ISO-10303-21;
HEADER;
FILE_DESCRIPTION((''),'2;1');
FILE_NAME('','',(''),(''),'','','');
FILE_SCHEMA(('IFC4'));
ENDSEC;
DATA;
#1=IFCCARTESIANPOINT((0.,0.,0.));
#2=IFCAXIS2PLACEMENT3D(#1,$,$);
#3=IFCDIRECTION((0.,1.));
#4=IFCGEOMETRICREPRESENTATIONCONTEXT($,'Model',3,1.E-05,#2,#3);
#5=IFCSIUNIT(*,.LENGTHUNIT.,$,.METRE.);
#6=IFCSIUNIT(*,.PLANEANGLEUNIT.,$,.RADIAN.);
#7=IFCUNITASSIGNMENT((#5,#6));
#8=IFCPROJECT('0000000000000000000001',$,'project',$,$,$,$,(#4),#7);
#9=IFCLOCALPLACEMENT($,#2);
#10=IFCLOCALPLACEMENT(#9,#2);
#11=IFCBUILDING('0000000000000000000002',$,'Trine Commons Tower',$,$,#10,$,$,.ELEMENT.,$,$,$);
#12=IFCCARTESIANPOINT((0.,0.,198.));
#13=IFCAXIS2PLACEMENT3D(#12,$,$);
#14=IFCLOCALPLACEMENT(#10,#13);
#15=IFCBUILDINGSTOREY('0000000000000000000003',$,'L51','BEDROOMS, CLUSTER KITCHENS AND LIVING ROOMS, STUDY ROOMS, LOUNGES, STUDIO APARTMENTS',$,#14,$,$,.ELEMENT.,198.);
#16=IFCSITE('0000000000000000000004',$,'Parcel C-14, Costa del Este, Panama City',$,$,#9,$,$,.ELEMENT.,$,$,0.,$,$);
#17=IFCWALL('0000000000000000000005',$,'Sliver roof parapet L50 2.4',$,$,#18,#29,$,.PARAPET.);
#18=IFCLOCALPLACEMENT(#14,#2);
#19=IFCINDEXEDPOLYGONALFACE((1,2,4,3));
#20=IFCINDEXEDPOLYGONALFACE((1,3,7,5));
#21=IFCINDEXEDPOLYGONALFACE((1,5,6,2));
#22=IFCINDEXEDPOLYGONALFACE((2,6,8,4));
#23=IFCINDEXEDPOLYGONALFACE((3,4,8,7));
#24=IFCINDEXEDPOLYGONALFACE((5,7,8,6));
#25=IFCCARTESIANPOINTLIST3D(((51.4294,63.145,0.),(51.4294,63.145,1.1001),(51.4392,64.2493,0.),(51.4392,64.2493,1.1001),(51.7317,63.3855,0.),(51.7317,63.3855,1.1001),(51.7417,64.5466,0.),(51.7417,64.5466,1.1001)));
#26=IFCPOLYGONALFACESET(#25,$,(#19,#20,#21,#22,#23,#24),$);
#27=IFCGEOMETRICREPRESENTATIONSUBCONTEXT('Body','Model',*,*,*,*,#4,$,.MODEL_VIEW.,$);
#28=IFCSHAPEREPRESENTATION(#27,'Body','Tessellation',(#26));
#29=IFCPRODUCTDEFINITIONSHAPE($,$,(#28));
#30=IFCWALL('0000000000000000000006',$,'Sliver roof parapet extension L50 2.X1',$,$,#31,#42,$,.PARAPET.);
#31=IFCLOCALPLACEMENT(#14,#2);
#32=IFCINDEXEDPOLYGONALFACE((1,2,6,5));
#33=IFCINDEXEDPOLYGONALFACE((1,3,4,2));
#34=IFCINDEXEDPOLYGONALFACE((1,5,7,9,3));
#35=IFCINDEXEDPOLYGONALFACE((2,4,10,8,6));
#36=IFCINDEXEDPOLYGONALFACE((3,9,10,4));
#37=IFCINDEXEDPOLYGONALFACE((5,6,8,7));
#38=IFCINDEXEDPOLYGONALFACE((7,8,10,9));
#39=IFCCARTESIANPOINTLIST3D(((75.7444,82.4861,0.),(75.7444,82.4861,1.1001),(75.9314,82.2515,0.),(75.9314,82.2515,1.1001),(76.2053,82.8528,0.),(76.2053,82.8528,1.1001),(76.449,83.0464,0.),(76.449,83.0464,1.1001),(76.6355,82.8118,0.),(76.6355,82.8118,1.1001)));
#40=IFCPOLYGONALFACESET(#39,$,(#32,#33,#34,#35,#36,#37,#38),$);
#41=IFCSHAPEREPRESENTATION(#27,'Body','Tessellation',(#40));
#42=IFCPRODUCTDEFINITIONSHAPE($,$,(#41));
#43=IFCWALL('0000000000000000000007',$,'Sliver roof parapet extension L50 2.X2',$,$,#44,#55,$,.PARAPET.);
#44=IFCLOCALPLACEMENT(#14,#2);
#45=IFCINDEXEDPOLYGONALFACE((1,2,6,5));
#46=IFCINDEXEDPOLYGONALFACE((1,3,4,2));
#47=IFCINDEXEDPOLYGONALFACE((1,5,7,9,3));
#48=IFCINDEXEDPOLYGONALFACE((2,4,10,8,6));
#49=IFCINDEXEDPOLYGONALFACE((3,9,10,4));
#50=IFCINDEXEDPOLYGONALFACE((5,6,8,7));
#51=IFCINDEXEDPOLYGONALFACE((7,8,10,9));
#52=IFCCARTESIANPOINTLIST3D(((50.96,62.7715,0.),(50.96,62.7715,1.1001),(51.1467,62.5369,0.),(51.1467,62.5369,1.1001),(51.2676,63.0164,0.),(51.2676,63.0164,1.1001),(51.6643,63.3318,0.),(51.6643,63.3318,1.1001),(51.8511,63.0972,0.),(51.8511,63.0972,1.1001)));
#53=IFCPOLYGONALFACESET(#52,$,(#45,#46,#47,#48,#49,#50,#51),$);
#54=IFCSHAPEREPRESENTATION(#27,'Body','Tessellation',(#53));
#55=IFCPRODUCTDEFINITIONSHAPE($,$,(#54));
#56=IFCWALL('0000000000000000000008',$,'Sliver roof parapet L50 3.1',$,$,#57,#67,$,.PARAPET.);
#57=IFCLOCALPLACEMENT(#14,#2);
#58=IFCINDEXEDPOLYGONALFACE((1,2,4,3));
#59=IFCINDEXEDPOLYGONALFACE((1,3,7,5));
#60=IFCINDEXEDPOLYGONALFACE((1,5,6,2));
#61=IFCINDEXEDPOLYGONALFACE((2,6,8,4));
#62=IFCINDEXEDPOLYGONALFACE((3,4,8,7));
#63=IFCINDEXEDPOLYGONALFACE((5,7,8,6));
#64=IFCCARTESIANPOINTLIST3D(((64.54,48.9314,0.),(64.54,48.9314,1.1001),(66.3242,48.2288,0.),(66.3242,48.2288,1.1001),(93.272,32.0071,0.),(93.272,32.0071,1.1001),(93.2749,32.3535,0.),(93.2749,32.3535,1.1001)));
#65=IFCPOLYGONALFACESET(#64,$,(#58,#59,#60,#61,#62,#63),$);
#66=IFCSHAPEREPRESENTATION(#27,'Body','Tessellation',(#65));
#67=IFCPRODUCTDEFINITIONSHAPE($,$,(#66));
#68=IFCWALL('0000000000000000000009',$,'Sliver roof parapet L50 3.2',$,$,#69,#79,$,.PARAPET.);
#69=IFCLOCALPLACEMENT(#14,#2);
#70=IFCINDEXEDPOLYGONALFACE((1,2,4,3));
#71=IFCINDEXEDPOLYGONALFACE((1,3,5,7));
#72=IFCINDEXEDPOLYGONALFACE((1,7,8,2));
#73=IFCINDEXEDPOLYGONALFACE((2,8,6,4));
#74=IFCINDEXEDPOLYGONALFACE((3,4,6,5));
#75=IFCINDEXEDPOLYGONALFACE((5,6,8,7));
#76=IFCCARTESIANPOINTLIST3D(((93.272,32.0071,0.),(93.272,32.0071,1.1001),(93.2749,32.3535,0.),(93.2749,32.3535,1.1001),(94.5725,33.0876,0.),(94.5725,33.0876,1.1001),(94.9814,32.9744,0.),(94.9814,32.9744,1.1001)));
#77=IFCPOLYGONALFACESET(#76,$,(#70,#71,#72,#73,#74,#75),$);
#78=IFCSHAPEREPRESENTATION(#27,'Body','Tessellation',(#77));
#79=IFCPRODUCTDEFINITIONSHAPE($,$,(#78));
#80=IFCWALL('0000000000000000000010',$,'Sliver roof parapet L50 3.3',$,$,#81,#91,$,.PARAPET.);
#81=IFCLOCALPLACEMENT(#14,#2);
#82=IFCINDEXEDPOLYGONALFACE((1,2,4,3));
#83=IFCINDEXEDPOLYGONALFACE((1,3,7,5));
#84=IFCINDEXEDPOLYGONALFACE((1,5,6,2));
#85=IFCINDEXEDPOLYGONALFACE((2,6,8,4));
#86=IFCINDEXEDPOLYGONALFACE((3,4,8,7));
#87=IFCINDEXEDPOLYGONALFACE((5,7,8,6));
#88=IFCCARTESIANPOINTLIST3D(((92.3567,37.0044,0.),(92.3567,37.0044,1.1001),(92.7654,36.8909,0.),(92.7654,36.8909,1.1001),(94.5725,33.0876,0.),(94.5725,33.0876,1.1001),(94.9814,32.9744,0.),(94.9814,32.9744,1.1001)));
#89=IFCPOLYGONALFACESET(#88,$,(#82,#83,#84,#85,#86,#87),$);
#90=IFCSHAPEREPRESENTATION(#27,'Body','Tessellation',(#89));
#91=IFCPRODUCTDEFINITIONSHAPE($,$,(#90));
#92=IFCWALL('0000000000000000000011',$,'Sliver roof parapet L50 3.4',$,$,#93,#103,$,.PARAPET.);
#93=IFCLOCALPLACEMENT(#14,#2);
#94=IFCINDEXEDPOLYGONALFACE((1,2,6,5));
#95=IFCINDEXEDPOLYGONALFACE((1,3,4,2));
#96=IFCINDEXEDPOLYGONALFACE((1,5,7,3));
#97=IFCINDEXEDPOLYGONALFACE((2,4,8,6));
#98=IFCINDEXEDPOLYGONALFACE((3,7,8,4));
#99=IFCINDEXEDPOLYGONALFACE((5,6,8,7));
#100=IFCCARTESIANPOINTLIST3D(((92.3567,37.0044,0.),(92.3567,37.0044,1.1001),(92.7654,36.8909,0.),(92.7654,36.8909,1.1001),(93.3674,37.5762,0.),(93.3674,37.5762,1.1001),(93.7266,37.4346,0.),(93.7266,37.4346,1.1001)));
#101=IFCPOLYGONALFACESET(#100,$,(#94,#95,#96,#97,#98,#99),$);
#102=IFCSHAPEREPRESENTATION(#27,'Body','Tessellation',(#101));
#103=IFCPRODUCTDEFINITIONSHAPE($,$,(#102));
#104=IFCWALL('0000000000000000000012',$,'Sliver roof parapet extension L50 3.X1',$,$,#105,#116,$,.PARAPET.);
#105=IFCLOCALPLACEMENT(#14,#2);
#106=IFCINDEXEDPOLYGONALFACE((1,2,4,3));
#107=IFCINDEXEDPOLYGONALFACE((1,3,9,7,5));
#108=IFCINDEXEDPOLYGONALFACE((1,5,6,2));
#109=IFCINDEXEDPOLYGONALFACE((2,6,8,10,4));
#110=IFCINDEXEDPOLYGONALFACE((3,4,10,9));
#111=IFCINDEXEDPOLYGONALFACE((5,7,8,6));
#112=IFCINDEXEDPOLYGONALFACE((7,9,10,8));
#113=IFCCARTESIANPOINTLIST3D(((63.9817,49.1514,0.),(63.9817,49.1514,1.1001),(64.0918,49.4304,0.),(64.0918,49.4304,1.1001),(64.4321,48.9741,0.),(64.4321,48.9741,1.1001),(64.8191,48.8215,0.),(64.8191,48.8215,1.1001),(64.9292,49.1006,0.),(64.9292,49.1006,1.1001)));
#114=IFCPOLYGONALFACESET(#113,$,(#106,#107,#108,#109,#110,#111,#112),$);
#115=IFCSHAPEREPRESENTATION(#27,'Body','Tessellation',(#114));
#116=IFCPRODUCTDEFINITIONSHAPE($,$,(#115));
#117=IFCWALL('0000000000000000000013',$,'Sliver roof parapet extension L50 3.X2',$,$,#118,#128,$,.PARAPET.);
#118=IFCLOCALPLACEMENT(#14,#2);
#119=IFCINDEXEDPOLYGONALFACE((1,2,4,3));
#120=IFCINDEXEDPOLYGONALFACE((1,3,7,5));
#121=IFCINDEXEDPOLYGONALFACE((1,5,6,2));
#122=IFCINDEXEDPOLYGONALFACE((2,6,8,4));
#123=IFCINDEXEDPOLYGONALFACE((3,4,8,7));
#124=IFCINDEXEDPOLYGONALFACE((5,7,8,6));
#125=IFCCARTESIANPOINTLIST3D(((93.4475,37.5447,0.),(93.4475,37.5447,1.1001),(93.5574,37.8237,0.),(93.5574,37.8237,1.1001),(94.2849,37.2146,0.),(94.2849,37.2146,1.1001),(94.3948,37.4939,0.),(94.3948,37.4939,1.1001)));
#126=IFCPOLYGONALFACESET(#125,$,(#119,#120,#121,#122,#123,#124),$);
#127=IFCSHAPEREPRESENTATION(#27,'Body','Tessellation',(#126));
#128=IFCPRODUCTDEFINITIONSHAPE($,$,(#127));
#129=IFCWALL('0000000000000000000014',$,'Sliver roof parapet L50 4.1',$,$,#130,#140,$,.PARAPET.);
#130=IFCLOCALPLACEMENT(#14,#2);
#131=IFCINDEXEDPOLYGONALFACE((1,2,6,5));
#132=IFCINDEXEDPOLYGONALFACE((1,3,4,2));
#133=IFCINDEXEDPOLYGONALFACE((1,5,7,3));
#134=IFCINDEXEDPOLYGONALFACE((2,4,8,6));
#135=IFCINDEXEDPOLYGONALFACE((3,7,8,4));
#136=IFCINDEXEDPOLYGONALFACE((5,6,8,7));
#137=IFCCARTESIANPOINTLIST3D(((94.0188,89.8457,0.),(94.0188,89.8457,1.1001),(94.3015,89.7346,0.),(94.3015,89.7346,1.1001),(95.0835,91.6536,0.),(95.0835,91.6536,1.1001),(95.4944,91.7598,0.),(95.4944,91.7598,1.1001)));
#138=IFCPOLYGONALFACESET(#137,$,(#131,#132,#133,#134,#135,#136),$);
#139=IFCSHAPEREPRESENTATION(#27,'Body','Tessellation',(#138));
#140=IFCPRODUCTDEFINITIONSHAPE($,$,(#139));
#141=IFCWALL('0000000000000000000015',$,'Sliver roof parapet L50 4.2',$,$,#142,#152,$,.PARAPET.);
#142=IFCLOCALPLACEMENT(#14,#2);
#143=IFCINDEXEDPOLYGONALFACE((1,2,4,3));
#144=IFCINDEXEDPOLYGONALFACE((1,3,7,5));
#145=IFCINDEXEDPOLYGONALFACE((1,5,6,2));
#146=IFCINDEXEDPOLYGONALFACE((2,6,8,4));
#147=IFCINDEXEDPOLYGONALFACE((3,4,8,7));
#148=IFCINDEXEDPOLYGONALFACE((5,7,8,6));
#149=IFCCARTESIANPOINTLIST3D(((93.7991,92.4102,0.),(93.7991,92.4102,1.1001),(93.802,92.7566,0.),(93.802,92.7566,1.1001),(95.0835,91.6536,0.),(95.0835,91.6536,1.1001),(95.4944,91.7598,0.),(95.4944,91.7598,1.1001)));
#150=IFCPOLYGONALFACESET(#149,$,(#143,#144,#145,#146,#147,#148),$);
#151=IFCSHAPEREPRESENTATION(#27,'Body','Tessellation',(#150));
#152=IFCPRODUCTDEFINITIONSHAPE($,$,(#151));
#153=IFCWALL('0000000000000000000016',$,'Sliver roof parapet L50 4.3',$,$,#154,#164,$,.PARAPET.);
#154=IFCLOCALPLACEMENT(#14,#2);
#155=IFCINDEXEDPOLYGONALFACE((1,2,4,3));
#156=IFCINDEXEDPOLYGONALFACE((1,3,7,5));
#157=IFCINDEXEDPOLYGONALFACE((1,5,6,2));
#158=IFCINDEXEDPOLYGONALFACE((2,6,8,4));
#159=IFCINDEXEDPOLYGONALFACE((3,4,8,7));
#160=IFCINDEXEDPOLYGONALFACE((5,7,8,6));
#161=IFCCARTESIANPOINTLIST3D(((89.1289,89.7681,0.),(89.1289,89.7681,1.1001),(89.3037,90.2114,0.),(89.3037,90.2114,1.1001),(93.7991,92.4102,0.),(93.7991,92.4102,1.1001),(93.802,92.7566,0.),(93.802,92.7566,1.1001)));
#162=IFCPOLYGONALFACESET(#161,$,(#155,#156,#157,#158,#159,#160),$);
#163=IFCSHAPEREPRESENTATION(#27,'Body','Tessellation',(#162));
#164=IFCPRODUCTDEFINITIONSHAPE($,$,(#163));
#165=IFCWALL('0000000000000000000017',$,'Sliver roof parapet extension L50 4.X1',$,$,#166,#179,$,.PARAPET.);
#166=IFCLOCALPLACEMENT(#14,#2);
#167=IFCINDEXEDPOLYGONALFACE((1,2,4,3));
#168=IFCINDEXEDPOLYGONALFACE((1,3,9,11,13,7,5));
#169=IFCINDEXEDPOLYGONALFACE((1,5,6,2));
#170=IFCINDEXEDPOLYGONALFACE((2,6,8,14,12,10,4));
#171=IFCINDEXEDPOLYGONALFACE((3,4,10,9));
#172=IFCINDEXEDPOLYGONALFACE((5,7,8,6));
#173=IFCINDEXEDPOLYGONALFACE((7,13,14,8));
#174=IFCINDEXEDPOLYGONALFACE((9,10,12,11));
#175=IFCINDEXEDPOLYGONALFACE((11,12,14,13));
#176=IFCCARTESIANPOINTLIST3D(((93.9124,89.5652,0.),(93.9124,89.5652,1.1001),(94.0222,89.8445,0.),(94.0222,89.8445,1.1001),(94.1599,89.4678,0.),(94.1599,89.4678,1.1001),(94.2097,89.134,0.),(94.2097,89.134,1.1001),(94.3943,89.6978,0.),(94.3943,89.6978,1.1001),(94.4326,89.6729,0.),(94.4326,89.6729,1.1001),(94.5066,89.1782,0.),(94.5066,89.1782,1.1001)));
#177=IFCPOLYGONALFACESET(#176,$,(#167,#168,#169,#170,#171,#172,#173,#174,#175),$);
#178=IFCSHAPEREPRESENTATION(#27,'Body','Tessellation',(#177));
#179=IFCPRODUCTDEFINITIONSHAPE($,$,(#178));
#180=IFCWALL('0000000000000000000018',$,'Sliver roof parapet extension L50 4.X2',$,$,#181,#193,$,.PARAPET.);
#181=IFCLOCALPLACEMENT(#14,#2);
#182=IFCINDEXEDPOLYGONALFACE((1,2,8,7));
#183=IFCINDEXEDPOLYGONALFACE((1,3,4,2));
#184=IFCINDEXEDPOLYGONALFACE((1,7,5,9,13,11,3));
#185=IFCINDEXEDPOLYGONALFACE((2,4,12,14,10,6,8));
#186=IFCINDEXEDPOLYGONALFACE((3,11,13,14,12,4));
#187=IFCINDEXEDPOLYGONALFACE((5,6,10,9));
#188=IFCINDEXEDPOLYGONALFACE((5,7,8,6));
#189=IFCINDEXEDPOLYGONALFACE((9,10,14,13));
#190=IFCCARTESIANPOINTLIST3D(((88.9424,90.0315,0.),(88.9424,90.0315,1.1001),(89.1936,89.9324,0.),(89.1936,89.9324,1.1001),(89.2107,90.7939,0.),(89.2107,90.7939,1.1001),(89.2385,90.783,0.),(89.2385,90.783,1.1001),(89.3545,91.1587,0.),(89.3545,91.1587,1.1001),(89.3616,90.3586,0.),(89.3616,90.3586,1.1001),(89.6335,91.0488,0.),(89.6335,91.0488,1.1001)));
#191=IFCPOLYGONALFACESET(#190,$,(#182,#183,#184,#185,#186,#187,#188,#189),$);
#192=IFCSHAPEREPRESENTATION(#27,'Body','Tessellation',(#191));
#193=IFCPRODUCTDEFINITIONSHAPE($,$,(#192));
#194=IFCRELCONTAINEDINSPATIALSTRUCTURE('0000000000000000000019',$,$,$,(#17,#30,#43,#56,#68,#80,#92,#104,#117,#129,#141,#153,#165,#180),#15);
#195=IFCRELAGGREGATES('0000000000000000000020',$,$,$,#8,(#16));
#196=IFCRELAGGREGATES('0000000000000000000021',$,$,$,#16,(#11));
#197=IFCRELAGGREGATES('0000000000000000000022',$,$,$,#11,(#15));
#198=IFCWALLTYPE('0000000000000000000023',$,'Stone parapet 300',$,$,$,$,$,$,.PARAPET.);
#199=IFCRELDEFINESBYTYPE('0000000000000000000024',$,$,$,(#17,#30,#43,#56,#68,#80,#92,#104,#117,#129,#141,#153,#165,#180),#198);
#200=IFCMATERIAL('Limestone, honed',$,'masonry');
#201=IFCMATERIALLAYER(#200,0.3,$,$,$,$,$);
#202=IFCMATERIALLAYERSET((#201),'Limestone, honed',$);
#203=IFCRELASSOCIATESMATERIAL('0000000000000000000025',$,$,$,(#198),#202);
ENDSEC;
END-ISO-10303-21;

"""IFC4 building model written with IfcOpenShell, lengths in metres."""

from ifc_helpers import new_model, si_unit, direction, frame, origin, place, context, subcontext, project, spatial, polyline, outline, extrude, material, layer, layer_set, type_object, element, save


model = new_model("IFC4")

# Units and contexts
model_context = context("Model", 3, precision=1e-05, world=origin(), true_north=direction((0.0, 1.0)))
body_context = subcontext(model_context, "Body", "Model", "MODEL_VIEW")
ifc_project = project(units=[si_unit("LENGTHUNIT", "METRE"), si_unit("PLANEANGLEUNIT", "RADIAN")], contexts=[model_context])

# Site, building, storey
site_placement = place(None, origin())
site = spatial("IfcSite", under=ifc_project, at=site_placement, Name="Parcel C-14, Costa del Este, Panama City", CompositionType="ELEMENT", RefElevation=0.0)
building_placement = place(site_placement, origin())
building = spatial("IfcBuilding", under=site, at=building_placement, Name="Trine Commons Tower", CompositionType="ELEMENT")
storey_placement = place(building_placement, frame((0.0, 0.0, 198.0)))
storey = spatial("IfcBuildingStorey", under=building, at=storey_placement, Name="L51", Description="BEDROOMS, CLUSTER KITCHENS AND LIVING ROOMS, STUDY ROOMS, LOUNGES, STUDIO APARTMENTS", CompositionType="ELEMENT", Elevation=198.0)

# Walls
ifc_material = material(Name="Limestone, honed", Category="masonry")
ifc_layer = layer(ifc_material, 0.3)
ifc_layer_set = layer_set([ifc_layer], Name="Limestone, honed")
wall_type = type_object("IfcWallType", Name="Stone parapet 300", PredefinedType="PARAPET", material=ifc_layer_set)
wall_1_placement = place(storey_placement, origin())
element("IfcWall", 1, at=wall_1_placement, inside=storey, type_object=wall_type, Name="Sliver roof parapet L50 2.4", PredefinedType="PARAPET", context=body_context, shape_type="SweptSolid", body=[
    extrude(outline(polyline([(51.4392, 64.2493), (51.4294, 63.145), (51.7317, 63.3855), (51.7417, 64.5466), (51.4392, 64.2493)])), origin(), (0.0, 0.0, 1.0), 1.1001),
])
wall_2_placement = place(storey_placement, origin())
element("IfcWall", 2, at=wall_2_placement, inside=storey, type_object=wall_type, Name="Sliver roof parapet extension L50 2.X1", PredefinedType="PARAPET", context=body_context, shape_type="SweptSolid", body=[
    extrude(outline(polyline([(75.7444, 82.4861), (75.9314, 82.2515), (76.6355, 82.8118), (76.449, 83.0464), (76.2053, 82.8528), (75.7444, 82.4861)])), origin(), (0.0, 0.0, 1.0), 1.1001),
])
wall_3_placement = place(storey_placement, origin())
element("IfcWall", 3, at=wall_3_placement, inside=storey, type_object=wall_type, Name="Sliver roof parapet extension L50 2.X2", PredefinedType="PARAPET", context=body_context, shape_type="SweptSolid", body=[
    extrude(outline(polyline([(50.96, 62.7715), (51.1467, 62.5369), (51.8511, 63.0972), (51.6643, 63.3318), (51.2676, 63.0164), (50.96, 62.7715)])), origin(), (0.0, 0.0, 1.0), 1.1001),
])
wall_4_placement = place(storey_placement, origin())
element("IfcWall", 4, at=wall_4_placement, inside=storey, type_object=wall_type, Name="Sliver roof parapet L50 3.1", PredefinedType="PARAPET", context=body_context, shape_type="SweptSolid", body=[
    extrude(outline(polyline([(64.54, 48.9314), (93.272, 32.0071), (93.2749, 32.3535), (66.3242, 48.2288), (64.54, 48.9314)])), origin(), (0.0, 0.0, 1.0), 1.1001),
])
wall_5_placement = place(storey_placement, origin())
element("IfcWall", 5, at=wall_5_placement, inside=storey, type_object=wall_type, Name="Sliver roof parapet L50 3.2", PredefinedType="PARAPET", context=body_context, shape_type="SweptSolid", body=[
    extrude(outline(polyline([(93.272, 32.0071), (94.9814, 32.9744), (94.5725, 33.0876), (93.2749, 32.3535), (93.272, 32.0071)])), origin(), (0.0, 0.0, 1.0), 1.1001),
])
wall_6_placement = place(storey_placement, origin())
element("IfcWall", 6, at=wall_6_placement, inside=storey, type_object=wall_type, Name="Sliver roof parapet L50 3.3", PredefinedType="PARAPET", context=body_context, shape_type="SweptSolid", body=[
    extrude(outline(polyline([(94.9814, 32.9744), (92.7654, 36.8909), (92.3567, 37.0044), (94.5725, 33.0876), (94.9814, 32.9744)])), origin(), (0.0, 0.0, 1.0), 1.1001),
])
wall_7_placement = place(storey_placement, origin())
element("IfcWall", 7, at=wall_7_placement, inside=storey, type_object=wall_type, Name="Sliver roof parapet L50 3.4", PredefinedType="PARAPET", context=body_context, shape_type="SweptSolid", body=[
    extrude(outline(polyline([(92.7654, 36.8909), (93.7266, 37.4346), (93.3674, 37.5762), (92.3567, 37.0044), (92.7654, 36.8909)])), origin(), (0.0, 0.0, 1.0), 1.1001),
])
wall_8_placement = place(storey_placement, origin())
element("IfcWall", 8, at=wall_8_placement, inside=storey, type_object=wall_type, Name="Sliver roof parapet extension L50 3.X1", PredefinedType="PARAPET", context=body_context, shape_type="SweptSolid", body=[
    extrude(outline(polyline([(64.8191, 48.8215), (64.9292, 49.1006), (64.0918, 49.4304), (63.9817, 49.1514), (64.4321, 48.9741), (64.8191, 48.8215)])), origin(), (0.0, 0.0, 1.0), 1.1001),
])
wall_9_placement = place(storey_placement, origin())
element("IfcWall", 9, at=wall_9_placement, inside=storey, type_object=wall_type, Name="Sliver roof parapet extension L50 3.X2", PredefinedType="PARAPET", context=body_context, shape_type="SweptSolid", body=[
    extrude(outline(polyline([(93.5574, 37.8237), (93.4475, 37.5447), (94.2849, 37.2146), (94.3948, 37.4939), (93.5574, 37.8237)])), origin(), (0.0, 0.0, 1.0), 1.1001),
])
wall_10_placement = place(storey_placement, origin())
element("IfcWall", 10, at=wall_10_placement, inside=storey, type_object=wall_type, Name="Sliver roof parapet L50 4.1", PredefinedType="PARAPET", context=body_context, shape_type="SweptSolid", body=[
    extrude(outline(polyline([(94.3015, 89.7346), (95.4944, 91.7598), (95.0835, 91.6536), (94.0188, 89.8457), (94.3015, 89.7346)])), origin(), (0.0, 0.0, 1.0), 1.1001),
])
wall_11_placement = place(storey_placement, origin())
element("IfcWall", 11, at=wall_11_placement, inside=storey, type_object=wall_type, Name="Sliver roof parapet L50 4.2", PredefinedType="PARAPET", context=body_context, shape_type="SweptSolid", body=[
    extrude(outline(polyline([(95.4944, 91.7598), (93.802, 92.7566), (93.7991, 92.4102), (95.0835, 91.6536), (95.4944, 91.7598)])), origin(), (0.0, 0.0, 1.0), 1.1001),
])
wall_12_placement = place(storey_placement, origin())
element("IfcWall", 12, at=wall_12_placement, inside=storey, type_object=wall_type, Name="Sliver roof parapet L50 4.3", PredefinedType="PARAPET", context=body_context, shape_type="SweptSolid", body=[
    extrude(outline(polyline([(93.802, 92.7566), (89.3037, 90.2114), (89.1289, 89.7681), (93.7991, 92.4102), (93.802, 92.7566)])), origin(), (0.0, 0.0, 1.0), 1.1001),
])
wall_13_placement = place(storey_placement, origin())
element("IfcWall", 13, at=wall_13_placement, inside=storey, type_object=wall_type, Name="Sliver roof parapet extension L50 4.X1", PredefinedType="PARAPET", context=body_context, shape_type="SweptSolid", body=[
    extrude(outline(polyline([(94.5066, 89.1782), (94.4326, 89.6729), (94.3943, 89.6978), (94.0222, 89.8445), (93.9124, 89.5652), (94.1599, 89.4678), (94.2097, 89.134), (94.5066, 89.1782)])), origin(), (0.0, 0.0, 1.0), 1.1001),
])
wall_14_placement = place(storey_placement, origin())
element("IfcWall", 14, at=wall_14_placement, inside=storey, type_object=wall_type, Name="Sliver roof parapet extension L50 4.X2", PredefinedType="PARAPET", context=body_context, shape_type="SweptSolid", body=[
    extrude(outline(polyline([(89.2107, 90.7939), (89.2385, 90.783), (88.9424, 90.0315), (89.1936, 89.9324), (89.3616, 90.3586), (89.6335, 91.0488), (89.3545, 91.1587), (89.2107, 90.7939)])), origin(), (0.0, 0.0, 1.0), 1.1001),
])

save(model, "model.ifc")
